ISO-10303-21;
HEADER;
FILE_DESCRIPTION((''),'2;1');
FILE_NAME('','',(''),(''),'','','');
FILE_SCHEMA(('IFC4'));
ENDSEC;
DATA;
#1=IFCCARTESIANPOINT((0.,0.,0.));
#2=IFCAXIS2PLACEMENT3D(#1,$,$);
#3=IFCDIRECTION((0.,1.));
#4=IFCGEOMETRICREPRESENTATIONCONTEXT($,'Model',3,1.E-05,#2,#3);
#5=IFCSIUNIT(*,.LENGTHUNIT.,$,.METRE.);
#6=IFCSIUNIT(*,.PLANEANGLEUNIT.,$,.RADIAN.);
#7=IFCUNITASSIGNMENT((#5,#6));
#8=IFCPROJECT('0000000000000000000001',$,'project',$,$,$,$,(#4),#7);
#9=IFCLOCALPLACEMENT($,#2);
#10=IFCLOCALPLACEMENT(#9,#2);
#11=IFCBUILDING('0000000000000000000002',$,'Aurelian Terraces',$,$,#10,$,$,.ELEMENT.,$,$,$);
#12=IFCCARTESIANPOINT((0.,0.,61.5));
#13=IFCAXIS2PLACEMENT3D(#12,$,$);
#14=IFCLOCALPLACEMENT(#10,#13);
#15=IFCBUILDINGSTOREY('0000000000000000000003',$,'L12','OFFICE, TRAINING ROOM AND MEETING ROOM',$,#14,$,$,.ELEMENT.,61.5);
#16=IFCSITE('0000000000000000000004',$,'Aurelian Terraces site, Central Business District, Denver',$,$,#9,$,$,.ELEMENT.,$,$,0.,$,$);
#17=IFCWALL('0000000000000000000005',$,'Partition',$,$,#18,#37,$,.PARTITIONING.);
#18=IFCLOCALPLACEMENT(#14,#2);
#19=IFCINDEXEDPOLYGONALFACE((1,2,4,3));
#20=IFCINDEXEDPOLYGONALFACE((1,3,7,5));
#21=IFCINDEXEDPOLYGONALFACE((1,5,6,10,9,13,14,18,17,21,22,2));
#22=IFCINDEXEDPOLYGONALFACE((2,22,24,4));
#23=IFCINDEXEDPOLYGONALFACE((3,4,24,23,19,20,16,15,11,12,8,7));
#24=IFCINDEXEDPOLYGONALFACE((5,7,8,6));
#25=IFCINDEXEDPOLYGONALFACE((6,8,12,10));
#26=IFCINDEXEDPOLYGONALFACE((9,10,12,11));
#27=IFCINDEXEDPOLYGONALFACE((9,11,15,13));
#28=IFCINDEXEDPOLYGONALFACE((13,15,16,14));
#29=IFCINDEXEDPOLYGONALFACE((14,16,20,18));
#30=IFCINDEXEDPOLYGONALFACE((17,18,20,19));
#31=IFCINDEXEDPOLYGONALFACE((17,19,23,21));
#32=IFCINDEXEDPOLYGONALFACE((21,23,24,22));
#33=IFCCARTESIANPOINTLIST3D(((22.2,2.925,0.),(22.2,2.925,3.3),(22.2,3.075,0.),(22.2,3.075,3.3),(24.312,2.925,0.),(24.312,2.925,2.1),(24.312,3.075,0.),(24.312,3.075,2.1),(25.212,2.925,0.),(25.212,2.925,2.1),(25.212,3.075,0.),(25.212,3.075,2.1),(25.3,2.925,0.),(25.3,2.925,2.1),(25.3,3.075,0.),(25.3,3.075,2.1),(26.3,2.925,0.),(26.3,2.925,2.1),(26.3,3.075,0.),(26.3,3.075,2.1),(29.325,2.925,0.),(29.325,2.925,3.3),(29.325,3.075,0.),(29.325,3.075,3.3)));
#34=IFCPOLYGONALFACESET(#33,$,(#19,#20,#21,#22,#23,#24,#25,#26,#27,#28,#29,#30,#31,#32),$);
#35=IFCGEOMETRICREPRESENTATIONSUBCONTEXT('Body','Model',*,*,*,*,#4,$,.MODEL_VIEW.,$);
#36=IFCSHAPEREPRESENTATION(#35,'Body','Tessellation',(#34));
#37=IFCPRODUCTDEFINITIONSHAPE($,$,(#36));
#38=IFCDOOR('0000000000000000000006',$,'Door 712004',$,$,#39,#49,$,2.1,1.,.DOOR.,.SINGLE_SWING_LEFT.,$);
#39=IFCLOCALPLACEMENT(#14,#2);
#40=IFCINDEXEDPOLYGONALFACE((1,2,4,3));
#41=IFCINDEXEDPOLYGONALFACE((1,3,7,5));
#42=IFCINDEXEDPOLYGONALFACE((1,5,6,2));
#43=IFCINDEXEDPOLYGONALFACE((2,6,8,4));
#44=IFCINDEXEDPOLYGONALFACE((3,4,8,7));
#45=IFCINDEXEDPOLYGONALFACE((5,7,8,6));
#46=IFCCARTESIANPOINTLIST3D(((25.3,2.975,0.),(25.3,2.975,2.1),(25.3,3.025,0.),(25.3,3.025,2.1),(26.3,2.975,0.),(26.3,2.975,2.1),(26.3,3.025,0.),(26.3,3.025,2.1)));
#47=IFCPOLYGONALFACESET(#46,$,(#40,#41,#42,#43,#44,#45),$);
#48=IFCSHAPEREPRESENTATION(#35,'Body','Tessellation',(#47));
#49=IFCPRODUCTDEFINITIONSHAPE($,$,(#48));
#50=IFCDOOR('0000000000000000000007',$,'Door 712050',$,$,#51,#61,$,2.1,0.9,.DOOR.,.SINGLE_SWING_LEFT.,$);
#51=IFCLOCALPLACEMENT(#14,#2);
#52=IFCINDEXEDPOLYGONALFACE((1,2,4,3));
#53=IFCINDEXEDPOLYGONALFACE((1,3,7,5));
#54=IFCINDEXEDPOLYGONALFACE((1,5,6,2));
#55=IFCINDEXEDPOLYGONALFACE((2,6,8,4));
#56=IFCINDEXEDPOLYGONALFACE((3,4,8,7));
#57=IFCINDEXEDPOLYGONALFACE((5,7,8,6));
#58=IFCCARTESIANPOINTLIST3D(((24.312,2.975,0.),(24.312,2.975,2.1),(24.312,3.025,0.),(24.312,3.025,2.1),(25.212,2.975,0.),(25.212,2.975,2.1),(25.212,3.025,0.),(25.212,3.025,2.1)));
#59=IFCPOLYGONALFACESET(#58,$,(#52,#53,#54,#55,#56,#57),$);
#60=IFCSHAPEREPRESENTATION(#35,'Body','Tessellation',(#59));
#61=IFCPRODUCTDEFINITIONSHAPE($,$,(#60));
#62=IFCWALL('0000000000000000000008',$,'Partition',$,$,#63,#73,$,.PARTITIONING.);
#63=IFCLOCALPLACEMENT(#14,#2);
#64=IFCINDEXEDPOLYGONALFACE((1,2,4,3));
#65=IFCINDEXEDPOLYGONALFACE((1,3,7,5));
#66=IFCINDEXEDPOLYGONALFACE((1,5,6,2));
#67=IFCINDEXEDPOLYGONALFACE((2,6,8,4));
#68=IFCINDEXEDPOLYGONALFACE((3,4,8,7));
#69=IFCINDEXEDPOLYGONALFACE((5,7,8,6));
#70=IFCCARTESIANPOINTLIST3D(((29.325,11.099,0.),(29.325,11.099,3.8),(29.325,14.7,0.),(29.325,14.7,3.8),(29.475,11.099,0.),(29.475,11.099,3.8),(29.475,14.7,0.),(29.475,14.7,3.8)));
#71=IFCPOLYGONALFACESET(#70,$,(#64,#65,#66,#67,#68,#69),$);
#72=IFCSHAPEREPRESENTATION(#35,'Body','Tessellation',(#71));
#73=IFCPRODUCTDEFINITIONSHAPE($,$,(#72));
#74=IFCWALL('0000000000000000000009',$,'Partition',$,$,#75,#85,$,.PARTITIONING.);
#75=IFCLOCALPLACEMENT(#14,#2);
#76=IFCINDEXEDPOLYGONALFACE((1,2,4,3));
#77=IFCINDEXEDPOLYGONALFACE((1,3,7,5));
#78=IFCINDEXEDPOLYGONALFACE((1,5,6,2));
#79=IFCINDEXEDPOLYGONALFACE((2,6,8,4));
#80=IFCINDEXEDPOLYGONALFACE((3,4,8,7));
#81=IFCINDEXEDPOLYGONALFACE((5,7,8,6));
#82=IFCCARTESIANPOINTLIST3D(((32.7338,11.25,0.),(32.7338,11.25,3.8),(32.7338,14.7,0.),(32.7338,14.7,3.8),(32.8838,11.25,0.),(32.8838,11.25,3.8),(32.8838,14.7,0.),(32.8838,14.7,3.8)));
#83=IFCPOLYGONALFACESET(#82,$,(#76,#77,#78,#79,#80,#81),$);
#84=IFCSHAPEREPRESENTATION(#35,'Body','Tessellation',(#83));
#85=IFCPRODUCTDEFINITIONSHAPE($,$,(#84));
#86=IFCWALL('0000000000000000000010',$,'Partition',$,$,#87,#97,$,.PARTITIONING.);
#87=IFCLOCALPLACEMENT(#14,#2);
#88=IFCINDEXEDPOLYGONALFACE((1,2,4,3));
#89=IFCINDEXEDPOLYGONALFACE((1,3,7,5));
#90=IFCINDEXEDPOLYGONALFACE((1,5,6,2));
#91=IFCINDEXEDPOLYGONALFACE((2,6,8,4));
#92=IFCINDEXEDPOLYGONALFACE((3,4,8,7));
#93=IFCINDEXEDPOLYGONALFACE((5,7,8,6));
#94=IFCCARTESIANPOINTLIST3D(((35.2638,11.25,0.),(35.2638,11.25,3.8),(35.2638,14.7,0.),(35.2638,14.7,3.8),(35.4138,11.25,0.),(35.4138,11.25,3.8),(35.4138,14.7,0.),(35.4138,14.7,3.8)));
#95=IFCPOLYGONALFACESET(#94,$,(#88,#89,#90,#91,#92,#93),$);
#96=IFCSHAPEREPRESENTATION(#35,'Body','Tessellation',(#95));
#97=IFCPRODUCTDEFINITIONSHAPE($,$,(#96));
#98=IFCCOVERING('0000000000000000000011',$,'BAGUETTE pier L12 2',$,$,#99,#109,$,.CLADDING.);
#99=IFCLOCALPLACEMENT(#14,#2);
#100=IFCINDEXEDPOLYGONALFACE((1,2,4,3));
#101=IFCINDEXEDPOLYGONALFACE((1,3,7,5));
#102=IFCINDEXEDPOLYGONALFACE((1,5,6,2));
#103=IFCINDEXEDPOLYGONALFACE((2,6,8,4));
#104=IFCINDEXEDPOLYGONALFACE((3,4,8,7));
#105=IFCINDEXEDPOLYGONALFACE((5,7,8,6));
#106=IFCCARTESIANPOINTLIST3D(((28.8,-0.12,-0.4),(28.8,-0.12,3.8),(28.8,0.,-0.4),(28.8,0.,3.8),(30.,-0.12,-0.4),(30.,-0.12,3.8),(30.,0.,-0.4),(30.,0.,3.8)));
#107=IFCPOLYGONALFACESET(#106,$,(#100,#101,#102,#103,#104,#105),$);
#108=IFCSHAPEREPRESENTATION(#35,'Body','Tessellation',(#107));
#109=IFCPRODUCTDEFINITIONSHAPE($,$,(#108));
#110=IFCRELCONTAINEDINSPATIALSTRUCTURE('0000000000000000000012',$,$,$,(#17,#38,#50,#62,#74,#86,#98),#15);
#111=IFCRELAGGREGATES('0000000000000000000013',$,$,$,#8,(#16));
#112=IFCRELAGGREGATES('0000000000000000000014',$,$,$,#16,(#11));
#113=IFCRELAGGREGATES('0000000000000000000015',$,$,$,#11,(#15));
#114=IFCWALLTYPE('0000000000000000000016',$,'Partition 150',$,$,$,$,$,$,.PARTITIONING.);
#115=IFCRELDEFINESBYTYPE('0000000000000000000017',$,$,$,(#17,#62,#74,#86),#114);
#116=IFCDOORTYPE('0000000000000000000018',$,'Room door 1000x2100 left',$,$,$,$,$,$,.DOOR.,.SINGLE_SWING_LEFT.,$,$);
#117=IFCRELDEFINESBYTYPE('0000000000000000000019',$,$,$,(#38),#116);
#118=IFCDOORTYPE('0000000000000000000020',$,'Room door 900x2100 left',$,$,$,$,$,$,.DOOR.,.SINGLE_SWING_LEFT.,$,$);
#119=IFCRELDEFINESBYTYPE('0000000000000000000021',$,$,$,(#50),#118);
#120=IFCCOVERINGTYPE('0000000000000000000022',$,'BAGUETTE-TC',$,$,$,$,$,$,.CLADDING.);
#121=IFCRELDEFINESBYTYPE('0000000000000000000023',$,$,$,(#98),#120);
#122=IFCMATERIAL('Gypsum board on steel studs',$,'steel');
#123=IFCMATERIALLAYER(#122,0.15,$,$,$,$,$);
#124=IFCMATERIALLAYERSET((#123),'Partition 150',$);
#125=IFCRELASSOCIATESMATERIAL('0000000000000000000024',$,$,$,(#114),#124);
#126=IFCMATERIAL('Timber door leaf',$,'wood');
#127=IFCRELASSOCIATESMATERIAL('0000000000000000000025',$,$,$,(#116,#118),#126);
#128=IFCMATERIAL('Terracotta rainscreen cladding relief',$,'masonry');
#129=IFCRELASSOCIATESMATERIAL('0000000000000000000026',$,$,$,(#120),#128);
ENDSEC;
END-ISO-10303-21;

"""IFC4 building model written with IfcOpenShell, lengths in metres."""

from ifc_helpers import new_model, si_unit, direction, frame, frame_2d, origin, origin_2d, place, context, subcontext, project, spatial, rectangle, extrude, source, transform, mapped, material, layer, layer_set, type_object, element, fill, save


model = new_model("IFC4")

# Units and contexts
model_context = context("Model", 3, precision=1e-05, world=origin(), true_north=direction((0.0, 1.0)))
body_context = subcontext(model_context, "Body", "Model", "MODEL_VIEW")
ifc_project = project(units=[si_unit("LENGTHUNIT", "METRE"), si_unit("PLANEANGLEUNIT", "RADIAN")], contexts=[model_context])

# Site, building, storey
site_placement = place(None, origin())
site = spatial("IfcSite", under=ifc_project, at=site_placement, Name="Aurelian Terraces site, Central Business District, Denver", CompositionType="ELEMENT", RefElevation=0.0)
building_placement = place(site_placement, origin())
building = spatial("IfcBuilding", under=site, at=building_placement, Name="Aurelian Terraces", CompositionType="ELEMENT")
storey_placement = place(building_placement, frame((0.0, 0.0, 61.5)))
storey = spatial("IfcBuildingStorey", under=building, at=storey_placement, Name="L12", Description="OFFICE, TRAINING ROOM AND MEETING ROOM", CompositionType="ELEMENT", Elevation=61.5)

# Shared definitions
ifc_material_1 = material(Name="Gypsum board on steel studs", Category="steel")
ifc_layer_1 = layer(ifc_material_1, 0.15)
ifc_layer_set_1 = layer_set([ifc_layer_1], Name="Partition 150")
wall_type_1 = type_object("IfcWallType", Name="Partition 150", PredefinedType="PARTITIONING", material=ifc_layer_set_1)

# Wall, openings, doors
shared_shape_1 = source(origin(), body_context, "Body", "SweptSolid", [
    extrude(rectangle(XDim=7.125, YDim=0.15, at=frame_2d((3.5625, 0.0))), origin(), (0.0, 0.0, 1.0), 3.3),
])
wall_1_placement = place(storey_placement, frame((22.2, 3.0, 0.0), z_axis=(0.0, 0.0, 1.0), x_axis=(1.0, 0.0, 0.0)))
wall_1 = element("IfcWall", 1, at=wall_1_placement, inside=storey, type_object=wall_type_1, Name="Partition", PredefinedType="PARTITIONING", context=body_context, shape_type="MappedRepresentation", body=[
    mapped(shared_shape_1, transform((0.0, 0.0, 0.0), scale=1.0)),
])
shared_shape_2 = source(origin(), body_context, "Body", "SweptSolid", [
    extrude(rectangle(XDim=1.0, YDim=2.1, at=frame_2d((0.5, 1.05))), frame((0.0, 0.085, 0.0), z_axis=(0.0, -1.0, 0.0), x_axis=(1.0, 0.0, 0.0)), (0.0, 0.0, 1.0), 0.17),
])
opening_1_placement = place(wall_1_placement, frame((3.1, 0.0, 0.0)))
opening_1 = element("IfcOpeningElement", 2, at=opening_1_placement, cuts=wall_1, PredefinedType="OPENING", context=body_context, shape_type="MappedRepresentation", body=[
    mapped(shared_shape_2, transform((0.0, 0.0, 0.0), scale=1.0)),
])
shared_shape_3 = source(origin(), body_context, "Body", "SweptSolid", [
    extrude(rectangle(XDim=0.9, YDim=2.1, at=frame_2d((0.45, 1.05))), frame((0.0, 0.085, 0.0), z_axis=(0.0, -1.0, 0.0), x_axis=(1.0, 0.0, 0.0)), (0.0, 0.0, 1.0), 0.17),
])
opening_2_placement = place(wall_1_placement, frame((2.112, 0.0, 0.0)))
opening_2 = element("IfcOpeningElement", 3, at=opening_2_placement, cuts=wall_1, PredefinedType="OPENING", context=body_context, shape_type="MappedRepresentation", body=[
    mapped(shared_shape_3, transform((0.0, 0.0, 0.0), scale=1.0)),
])
ifc_material_2 = material(Name="Timber door leaf", Category="wood")
door_type_1 = type_object("IfcDoorType", Name="Room door 1000x2100 left", OperationType="SINGLE_SWING_LEFT", PredefinedType="DOOR", material=ifc_material_2)
shared_shape_4 = source(origin(), body_context, "Body", "SweptSolid", [
    extrude(rectangle(XDim=1.0, YDim=2.1, at=frame_2d((0.5, 1.05))), frame((0.0, 0.025, 0.0), z_axis=(0.0, -1.0, 0.0), x_axis=(1.0, 0.0, 0.0)), (0.0, 0.0, 1.0), 0.05),
])
door_1_placement = place(opening_1_placement, origin())
door_1 = element("IfcDoor", 4, at=door_1_placement, inside=storey, type_object=door_type_1, Name="Door 712004", OperationType="SINGLE_SWING_LEFT", OverallHeight=2.1, OverallWidth=1.0, PredefinedType="DOOR", context=body_context, shape_type="MappedRepresentation", body=[
    mapped(shared_shape_4, transform((0.0, 0.0, 0.0), scale=1.0)),
])
fill(opening_1, door_1)
door_type_2 = type_object("IfcDoorType", Name="Room door 900x2100 left", OperationType="SINGLE_SWING_LEFT", PredefinedType="DOOR", material=ifc_material_2)
shared_shape_5 = source(origin(), body_context, "Body", "SweptSolid", [
    extrude(rectangle(XDim=0.9, YDim=2.1, at=frame_2d((0.45, 1.05))), frame((0.0, 0.025, 0.0), z_axis=(0.0, -1.0, 0.0), x_axis=(1.0, 0.0, 0.0)), (0.0, 0.0, 1.0), 0.05),
])
door_2_placement = place(opening_2_placement, origin())
door_2 = element("IfcDoor", 5, at=door_2_placement, inside=storey, type_object=door_type_2, Name="Door 712050", OperationType="SINGLE_SWING_LEFT", OverallHeight=2.1, OverallWidth=0.9, PredefinedType="DOOR", context=body_context, shape_type="MappedRepresentation", body=[
    mapped(shared_shape_5, transform((0.0, 0.0, 0.0), scale=1.0)),
])
fill(opening_2, door_2)

# Walls
shared_shape_6 = source(origin(), body_context, "Body", "SweptSolid", [
    extrude(rectangle(XDim=3.601, YDim=0.15, at=frame_2d((1.8005, 0.0))), origin(), (0.0, 0.0, 1.0), 3.8),
])
wall_2_placement = place(storey_placement, frame((29.4, 11.099, 0.0), z_axis=(0.0, 0.0, 1.0), x_axis=(0.0, 1.0, 0.0)))
element("IfcWall", 6, at=wall_2_placement, inside=storey, type_object=wall_type_1, Name="Partition", PredefinedType="PARTITIONING", context=body_context, shape_type="MappedRepresentation", body=[
    mapped(shared_shape_6, transform((0.0, 0.0, 0.0), scale=1.0)),
])
shared_shape_7 = source(origin(), body_context, "Body", "SweptSolid", [
    extrude(rectangle(XDim=3.45, YDim=0.15, at=frame_2d((1.725, 0.0))), origin(), (0.0, 0.0, 1.0), 3.8),
])
for number, where, z_axis, x_axis, name in (
    (7, (32.8088, 11.25, 0.0), (0.0, 0.0, 1.0), (0.0, 1.0, 0.0), "Partition"),
    (8, (35.3388, 11.25, 0.0), (0.0, 0.0, 1.0), (0.0, 1.0, 0.0), "Partition"),
):
    element("IfcWall", number, at=place(storey_placement, frame(where, z_axis=z_axis, x_axis=x_axis)), inside=storey, type_object=wall_type_1, Name=name, PredefinedType="PARTITIONING", context=body_context, shape_type="MappedRepresentation", body=[
        mapped(shared_shape_7, transform((0.0, 0.0, 0.0), scale=1.0)),
    ])

# Covering
ifc_material_3 = material(Name="Terracotta rainscreen cladding relief", Category="masonry")
covering_type = type_object("IfcCoveringType", Name="BAGUETTE-TC", PredefinedType="CLADDING", material=ifc_material_3)
shared_shape_8 = source(origin(), body_context, "Body", "SweptSolid", [
    extrude(rectangle(XDim=1.2, YDim=0.12, at=origin_2d()), origin(), (0.0, 0.0, 1.0), 4.2),
])
covering_placement = place(storey_placement, frame((29.4, -0.06, -0.4), z_axis=(0.0, 0.0, 1.0), x_axis=(1.0, 0.0, 0.0)))
element("IfcCovering", 9, at=covering_placement, inside=storey, type_object=covering_type, Name="BAGUETTE pier L12 2", PredefinedType="CLADDING", context=body_context, shape_type="MappedRepresentation", body=[
    mapped(shared_shape_8, transform((0.0, 0.0, 0.0), scale=1.0)),
])

save(model, "model.ifc")
